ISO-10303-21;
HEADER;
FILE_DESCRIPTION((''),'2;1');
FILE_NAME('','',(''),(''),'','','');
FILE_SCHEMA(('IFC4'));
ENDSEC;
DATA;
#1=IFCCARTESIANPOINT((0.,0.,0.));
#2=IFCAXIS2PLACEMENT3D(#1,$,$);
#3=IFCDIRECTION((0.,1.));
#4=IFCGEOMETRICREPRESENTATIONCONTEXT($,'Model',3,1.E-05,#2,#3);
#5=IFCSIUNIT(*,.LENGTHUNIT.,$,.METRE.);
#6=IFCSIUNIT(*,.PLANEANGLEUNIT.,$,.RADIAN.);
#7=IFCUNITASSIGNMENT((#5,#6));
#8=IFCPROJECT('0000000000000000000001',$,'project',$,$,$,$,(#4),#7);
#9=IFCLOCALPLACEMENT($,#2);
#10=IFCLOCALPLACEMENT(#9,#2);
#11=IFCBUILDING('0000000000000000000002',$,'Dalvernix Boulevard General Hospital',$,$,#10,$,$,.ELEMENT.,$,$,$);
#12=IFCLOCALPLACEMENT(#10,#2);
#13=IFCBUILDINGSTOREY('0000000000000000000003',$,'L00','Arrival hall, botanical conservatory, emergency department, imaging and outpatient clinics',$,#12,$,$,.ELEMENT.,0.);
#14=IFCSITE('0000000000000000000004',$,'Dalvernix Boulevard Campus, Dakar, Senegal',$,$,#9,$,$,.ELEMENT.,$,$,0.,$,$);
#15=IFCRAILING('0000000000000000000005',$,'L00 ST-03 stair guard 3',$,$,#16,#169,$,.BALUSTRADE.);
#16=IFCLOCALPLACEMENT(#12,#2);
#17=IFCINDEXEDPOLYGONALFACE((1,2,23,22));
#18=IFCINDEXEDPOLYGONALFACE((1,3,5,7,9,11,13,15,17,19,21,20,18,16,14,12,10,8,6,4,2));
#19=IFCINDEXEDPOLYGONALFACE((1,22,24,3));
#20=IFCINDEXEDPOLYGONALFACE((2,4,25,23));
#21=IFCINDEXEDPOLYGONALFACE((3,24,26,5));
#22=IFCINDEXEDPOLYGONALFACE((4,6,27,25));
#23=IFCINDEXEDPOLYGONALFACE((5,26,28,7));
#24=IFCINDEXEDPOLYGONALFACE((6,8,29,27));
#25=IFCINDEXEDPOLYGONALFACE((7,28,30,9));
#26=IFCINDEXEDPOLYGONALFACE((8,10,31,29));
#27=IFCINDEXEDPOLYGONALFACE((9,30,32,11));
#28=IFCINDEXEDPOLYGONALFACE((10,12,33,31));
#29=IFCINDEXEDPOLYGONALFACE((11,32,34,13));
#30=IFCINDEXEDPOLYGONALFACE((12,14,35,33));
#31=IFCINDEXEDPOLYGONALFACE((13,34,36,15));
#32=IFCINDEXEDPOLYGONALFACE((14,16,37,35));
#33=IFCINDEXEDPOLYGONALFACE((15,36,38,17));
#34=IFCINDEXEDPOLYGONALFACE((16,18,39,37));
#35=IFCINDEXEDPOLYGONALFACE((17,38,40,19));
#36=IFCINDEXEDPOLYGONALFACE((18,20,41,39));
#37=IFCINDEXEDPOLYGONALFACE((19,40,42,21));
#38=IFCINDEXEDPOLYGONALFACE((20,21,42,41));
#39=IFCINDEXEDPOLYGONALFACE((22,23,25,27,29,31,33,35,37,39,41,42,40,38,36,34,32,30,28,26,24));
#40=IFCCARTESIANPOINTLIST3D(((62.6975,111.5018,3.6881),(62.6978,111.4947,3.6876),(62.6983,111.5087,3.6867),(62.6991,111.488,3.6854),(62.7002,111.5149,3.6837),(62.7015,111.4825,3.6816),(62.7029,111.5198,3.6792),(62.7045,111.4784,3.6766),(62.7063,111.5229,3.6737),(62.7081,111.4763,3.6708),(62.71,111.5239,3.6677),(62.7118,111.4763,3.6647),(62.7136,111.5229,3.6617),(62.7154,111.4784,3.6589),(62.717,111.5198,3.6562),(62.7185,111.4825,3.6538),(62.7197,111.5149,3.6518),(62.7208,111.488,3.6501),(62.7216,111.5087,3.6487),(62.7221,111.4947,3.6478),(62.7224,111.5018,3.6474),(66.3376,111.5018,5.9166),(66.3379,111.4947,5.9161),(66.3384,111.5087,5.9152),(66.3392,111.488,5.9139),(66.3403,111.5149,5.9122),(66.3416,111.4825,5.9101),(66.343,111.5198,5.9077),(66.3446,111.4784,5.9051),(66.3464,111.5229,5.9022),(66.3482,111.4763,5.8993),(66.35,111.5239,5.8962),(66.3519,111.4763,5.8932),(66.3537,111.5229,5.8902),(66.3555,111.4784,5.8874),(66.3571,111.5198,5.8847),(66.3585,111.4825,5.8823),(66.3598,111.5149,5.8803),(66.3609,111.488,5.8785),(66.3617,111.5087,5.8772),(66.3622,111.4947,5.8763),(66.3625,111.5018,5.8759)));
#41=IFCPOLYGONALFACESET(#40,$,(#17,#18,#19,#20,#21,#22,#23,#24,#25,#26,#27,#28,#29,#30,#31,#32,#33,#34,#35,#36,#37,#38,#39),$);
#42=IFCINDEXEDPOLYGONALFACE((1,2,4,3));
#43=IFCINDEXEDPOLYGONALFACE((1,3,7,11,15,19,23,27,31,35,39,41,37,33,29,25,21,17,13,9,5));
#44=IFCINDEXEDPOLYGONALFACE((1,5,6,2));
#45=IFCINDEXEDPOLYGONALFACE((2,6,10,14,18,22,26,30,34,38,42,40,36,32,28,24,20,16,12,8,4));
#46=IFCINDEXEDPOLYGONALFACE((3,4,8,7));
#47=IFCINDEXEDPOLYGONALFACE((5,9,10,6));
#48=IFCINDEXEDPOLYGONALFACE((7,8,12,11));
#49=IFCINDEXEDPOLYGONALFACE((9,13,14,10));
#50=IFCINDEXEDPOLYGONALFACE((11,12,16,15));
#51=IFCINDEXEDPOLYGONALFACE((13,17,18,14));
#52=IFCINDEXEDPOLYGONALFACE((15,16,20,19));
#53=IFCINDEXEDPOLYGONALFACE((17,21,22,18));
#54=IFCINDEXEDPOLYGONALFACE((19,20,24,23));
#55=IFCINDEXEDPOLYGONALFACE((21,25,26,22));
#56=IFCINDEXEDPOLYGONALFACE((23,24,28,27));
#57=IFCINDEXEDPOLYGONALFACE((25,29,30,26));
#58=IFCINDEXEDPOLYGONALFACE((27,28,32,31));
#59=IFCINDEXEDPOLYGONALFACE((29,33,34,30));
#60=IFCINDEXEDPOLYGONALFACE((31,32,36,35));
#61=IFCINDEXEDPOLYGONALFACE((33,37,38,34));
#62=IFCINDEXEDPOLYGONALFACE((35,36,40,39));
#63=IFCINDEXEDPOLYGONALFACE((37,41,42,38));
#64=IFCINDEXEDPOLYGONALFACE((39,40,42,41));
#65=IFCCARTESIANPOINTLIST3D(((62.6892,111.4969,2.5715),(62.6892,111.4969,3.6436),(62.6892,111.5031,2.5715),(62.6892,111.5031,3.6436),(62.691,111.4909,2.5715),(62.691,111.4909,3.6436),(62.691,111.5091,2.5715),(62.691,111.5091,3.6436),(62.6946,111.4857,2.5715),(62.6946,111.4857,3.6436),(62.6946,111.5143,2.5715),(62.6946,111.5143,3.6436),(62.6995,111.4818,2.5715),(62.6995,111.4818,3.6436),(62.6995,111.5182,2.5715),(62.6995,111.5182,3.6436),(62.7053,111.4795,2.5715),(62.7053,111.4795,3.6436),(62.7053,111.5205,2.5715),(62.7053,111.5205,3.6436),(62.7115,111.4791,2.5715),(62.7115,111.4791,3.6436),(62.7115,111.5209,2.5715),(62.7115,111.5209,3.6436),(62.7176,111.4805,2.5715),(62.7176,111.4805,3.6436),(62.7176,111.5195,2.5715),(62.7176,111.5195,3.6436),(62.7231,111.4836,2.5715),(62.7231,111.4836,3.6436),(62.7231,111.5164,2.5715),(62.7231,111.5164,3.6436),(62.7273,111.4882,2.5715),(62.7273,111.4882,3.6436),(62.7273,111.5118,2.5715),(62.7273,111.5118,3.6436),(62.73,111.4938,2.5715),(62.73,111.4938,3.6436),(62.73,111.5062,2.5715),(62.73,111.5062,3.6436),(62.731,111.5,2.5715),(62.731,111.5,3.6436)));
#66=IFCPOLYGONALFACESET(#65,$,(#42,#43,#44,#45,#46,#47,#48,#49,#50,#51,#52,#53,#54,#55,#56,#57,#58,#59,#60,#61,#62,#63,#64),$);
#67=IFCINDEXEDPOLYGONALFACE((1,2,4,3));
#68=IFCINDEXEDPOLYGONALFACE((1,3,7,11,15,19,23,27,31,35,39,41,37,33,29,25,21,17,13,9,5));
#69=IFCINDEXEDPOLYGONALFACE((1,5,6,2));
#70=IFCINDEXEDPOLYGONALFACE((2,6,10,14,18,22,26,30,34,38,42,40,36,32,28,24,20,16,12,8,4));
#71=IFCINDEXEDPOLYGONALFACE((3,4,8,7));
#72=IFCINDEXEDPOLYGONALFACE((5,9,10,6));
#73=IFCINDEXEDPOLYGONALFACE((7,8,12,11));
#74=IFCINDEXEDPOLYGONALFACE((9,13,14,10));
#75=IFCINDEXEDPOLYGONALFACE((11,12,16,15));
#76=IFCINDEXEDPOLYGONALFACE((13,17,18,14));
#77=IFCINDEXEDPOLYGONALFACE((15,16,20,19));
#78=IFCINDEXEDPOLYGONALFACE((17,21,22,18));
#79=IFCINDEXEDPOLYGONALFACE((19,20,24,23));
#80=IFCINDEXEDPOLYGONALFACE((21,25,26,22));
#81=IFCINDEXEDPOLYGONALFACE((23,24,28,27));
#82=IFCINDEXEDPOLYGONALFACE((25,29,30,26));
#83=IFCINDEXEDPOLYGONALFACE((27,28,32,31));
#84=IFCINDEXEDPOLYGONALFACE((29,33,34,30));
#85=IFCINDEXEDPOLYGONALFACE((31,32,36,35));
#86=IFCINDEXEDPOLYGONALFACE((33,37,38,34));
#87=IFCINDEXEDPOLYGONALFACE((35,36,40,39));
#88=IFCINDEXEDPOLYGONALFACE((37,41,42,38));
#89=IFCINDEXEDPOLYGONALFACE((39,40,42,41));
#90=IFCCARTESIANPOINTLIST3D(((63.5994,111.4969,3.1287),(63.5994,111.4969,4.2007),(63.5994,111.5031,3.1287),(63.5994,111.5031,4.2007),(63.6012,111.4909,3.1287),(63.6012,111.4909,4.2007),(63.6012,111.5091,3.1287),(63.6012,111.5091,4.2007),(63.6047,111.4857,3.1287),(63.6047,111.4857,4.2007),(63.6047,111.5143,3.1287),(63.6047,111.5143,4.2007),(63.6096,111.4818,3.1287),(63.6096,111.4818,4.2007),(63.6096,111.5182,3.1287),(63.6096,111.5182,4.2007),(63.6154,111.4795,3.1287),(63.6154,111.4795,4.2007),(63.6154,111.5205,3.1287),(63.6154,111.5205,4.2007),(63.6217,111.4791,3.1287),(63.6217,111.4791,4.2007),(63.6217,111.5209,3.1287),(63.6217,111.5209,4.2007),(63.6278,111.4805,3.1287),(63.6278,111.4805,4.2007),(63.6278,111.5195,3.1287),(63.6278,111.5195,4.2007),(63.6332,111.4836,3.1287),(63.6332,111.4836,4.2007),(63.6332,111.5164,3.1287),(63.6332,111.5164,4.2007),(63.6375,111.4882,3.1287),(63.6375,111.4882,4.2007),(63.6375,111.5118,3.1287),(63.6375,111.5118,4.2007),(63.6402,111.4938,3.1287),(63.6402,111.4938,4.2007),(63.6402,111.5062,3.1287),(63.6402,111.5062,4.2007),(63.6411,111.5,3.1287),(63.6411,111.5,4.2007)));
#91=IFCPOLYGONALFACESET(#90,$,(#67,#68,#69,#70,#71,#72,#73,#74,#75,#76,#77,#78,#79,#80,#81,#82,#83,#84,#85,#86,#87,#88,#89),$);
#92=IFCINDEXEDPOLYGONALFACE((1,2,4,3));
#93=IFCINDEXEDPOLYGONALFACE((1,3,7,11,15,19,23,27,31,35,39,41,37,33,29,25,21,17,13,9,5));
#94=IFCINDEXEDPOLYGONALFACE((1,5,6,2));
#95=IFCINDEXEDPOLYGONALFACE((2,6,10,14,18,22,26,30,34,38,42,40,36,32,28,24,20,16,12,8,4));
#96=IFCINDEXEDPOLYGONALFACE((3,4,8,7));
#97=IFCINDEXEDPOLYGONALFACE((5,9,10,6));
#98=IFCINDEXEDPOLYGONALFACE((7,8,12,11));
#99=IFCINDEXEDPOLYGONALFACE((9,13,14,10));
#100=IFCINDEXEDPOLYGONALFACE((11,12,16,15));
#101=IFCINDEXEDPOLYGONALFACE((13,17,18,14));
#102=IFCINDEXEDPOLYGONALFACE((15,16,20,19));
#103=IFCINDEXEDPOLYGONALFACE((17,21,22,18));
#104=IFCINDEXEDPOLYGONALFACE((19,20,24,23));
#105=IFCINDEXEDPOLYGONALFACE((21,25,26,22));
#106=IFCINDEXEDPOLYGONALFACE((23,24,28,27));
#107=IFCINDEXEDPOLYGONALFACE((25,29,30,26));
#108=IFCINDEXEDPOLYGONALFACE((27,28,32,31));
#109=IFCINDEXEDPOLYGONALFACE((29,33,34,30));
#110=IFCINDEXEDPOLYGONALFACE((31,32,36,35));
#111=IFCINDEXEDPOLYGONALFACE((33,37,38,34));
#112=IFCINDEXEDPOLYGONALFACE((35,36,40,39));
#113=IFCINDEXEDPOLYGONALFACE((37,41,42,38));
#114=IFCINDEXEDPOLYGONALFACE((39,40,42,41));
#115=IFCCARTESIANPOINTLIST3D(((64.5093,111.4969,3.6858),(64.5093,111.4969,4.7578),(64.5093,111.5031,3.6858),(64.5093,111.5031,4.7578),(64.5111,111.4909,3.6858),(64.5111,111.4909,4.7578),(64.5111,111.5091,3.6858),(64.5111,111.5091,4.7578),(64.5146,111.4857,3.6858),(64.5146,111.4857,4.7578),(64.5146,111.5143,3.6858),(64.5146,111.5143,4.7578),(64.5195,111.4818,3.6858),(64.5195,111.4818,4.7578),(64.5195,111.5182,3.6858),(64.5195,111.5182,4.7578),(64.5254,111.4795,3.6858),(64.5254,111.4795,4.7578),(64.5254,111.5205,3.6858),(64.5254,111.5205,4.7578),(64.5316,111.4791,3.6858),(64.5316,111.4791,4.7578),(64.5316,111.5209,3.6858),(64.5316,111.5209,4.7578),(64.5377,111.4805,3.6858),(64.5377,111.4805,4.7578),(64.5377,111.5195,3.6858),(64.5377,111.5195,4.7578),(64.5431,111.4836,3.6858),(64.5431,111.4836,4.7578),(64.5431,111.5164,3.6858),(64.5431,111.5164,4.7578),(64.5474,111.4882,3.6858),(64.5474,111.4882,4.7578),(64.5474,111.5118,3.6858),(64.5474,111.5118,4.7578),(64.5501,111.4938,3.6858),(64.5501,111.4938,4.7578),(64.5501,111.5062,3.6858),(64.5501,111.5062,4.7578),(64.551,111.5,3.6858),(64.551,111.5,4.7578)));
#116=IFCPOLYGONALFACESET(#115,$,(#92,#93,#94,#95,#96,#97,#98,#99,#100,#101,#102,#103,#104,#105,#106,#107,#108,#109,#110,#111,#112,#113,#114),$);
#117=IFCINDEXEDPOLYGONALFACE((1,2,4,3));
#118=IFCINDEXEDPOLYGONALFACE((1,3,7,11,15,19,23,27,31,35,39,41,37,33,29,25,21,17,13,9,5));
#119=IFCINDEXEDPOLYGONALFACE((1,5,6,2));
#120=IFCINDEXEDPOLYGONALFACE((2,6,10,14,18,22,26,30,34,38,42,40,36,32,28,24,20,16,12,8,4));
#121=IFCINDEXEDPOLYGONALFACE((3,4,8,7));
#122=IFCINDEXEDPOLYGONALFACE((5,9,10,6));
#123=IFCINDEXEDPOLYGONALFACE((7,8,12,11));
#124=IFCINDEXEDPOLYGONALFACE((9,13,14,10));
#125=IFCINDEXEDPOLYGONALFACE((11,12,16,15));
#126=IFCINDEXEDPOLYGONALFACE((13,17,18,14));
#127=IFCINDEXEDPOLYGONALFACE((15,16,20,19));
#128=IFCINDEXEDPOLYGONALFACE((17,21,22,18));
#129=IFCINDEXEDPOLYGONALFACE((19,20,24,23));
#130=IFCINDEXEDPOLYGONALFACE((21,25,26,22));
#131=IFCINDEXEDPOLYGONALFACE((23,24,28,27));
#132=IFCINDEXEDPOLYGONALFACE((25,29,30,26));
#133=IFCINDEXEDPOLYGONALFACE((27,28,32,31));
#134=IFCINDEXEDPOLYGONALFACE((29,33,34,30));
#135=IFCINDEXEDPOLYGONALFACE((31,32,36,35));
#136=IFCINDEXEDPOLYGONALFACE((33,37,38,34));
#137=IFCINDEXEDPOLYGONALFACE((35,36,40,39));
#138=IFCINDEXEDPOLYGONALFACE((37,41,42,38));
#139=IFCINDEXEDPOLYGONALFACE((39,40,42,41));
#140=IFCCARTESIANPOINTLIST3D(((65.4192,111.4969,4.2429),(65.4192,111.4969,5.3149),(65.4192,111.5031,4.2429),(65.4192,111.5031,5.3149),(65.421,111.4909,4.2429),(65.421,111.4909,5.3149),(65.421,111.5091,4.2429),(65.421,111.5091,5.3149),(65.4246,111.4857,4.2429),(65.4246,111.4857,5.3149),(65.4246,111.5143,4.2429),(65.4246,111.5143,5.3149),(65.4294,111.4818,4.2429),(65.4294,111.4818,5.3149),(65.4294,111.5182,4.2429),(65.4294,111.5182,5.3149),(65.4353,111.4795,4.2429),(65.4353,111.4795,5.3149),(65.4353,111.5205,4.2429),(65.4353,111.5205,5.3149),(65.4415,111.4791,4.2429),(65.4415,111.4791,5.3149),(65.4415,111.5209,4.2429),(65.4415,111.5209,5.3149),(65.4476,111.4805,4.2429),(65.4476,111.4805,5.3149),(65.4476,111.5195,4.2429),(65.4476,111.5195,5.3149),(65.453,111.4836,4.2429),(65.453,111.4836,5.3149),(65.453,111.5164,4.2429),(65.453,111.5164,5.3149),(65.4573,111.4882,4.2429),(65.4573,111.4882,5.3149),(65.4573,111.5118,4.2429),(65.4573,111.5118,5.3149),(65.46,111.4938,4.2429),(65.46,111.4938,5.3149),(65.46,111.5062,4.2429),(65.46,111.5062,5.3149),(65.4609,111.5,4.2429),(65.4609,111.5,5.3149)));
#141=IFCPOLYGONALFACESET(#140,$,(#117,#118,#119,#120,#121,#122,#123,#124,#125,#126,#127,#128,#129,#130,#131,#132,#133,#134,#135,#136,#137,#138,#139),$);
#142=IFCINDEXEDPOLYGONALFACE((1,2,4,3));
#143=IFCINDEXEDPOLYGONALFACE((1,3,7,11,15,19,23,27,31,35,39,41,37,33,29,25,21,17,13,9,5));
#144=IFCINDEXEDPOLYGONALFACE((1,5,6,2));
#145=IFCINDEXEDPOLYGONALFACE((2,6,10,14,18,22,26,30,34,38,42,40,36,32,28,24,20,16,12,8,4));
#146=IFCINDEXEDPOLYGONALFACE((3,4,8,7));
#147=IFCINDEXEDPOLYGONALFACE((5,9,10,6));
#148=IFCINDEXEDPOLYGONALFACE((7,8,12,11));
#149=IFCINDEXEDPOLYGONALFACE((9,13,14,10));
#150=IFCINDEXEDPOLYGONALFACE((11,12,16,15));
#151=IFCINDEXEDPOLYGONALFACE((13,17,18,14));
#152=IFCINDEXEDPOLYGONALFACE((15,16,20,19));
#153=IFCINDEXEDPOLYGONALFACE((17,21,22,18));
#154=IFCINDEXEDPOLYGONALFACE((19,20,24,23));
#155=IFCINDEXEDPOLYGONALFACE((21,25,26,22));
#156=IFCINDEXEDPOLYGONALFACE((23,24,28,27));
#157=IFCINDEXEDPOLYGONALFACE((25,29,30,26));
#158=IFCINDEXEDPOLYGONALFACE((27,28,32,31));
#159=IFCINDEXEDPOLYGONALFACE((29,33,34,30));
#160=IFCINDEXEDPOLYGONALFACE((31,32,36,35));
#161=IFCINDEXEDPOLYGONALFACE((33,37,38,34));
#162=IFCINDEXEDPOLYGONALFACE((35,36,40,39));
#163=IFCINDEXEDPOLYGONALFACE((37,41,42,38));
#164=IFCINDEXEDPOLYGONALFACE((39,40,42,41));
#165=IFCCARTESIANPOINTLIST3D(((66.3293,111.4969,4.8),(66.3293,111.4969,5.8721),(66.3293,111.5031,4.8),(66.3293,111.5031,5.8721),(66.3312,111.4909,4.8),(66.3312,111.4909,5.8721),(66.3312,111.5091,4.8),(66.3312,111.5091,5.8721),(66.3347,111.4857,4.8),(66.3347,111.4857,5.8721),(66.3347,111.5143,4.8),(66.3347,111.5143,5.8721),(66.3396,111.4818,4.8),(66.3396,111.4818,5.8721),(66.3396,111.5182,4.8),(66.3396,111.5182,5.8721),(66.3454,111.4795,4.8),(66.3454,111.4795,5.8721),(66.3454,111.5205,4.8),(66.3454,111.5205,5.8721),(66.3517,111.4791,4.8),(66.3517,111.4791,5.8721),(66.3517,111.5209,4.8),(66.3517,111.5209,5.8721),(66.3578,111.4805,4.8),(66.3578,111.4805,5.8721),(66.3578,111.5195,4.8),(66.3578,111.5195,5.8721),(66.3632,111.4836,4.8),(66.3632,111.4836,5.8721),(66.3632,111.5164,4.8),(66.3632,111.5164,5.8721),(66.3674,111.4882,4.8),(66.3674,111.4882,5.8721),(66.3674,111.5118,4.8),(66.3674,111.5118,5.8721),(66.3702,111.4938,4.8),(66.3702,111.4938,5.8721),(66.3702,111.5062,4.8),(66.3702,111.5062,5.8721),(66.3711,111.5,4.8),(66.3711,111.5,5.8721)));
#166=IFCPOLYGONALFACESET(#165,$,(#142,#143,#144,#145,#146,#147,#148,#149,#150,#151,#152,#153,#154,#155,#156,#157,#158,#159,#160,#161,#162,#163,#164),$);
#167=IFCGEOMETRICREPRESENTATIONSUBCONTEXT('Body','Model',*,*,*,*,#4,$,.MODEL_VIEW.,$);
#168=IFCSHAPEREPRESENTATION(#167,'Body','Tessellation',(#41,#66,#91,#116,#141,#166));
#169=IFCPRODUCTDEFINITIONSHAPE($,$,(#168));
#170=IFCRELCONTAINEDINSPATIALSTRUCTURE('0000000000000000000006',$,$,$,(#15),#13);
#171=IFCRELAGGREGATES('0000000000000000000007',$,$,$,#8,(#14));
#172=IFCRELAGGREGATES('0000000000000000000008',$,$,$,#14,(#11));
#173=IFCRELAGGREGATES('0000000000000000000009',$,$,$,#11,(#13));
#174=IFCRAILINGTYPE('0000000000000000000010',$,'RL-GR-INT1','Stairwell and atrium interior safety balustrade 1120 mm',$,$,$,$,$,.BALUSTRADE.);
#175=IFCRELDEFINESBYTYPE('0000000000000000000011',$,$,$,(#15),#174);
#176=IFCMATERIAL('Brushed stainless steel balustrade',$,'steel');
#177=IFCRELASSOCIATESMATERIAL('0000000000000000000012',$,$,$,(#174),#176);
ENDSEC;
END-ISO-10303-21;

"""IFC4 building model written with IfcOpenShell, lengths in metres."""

from ifc_helpers import new_model, si_unit, direction, frame, origin, origin_2d, place, context, subcontext, project, spatial, circle, extrude, material, type_object, element, save


model = new_model("IFC4")

# Units and contexts
model_context = context("Model", 3, precision=1e-05, world=origin(), true_north=direction((0.0, 1.0)))
body_context = subcontext(model_context, "Body", "Model", "MODEL_VIEW")
ifc_project = project(units=[si_unit("LENGTHUNIT", "METRE"), si_unit("PLANEANGLEUNIT", "RADIAN")], contexts=[model_context])

# Site, building, storey
site_placement = place(None, origin())
site = spatial("IfcSite", under=ifc_project, at=site_placement, Name="Dalvernix Boulevard Campus, Dakar, Senegal", CompositionType="ELEMENT", RefElevation=0.0)
building_placement = place(site_placement, origin())
building = spatial("IfcBuilding", under=site, at=building_placement, Name="Dalvernix Boulevard General Hospital", CompositionType="ELEMENT")
storey_placement = place(building_placement, origin())
storey = spatial("IfcBuildingStorey", under=building, at=storey_placement, Name="L00", Description="Arrival hall, botanical conservatory, emergency department, imaging and outpatient clinics", CompositionType="ELEMENT", Elevation=0.0)

# Railing
ifc_material_1 = material(Name="Brushed stainless steel balustrade", Category="steel")
railing_type_1 = type_object("IfcRailingType", Name="RL-GR-INT1", Description="Stairwell and atrium interior safety balustrade 1120 mm", PredefinedType="BALUSTRADE", material=ifc_material_1)
railing_1_placement = place(storey_placement, frame((62.71, 111.5, 2.5715)))
element("IfcRailing", 1, at=railing_1_placement, inside=storey, type_object=railing_type_1, Name="L00 ST-03 stair guard 3", PredefinedType="BALUSTRADE", context=body_context, shape_type="SweptSolid", body=[
    extrude(circle(Radius=0.0239, at=origin_2d()), frame((0.0, 0.0, 1.0962), z_axis=(0.852866, 0.0, 0.52213), x_axis=(0.0, 1.0, 0.0)), (0.0, 0.0, 1.0), 4.2681),
    extrude(circle(Radius=0.021, at=origin_2d()), origin(), (0.0, 0.0, 1.0), 1.072),
    extrude(circle(Radius=0.021, at=origin_2d()), frame((0.9102, 0.0, 0.5571)), (0.0, 0.0, 1.0), 1.072),
    extrude(circle(Radius=0.021, at=origin_2d()), frame((1.8201, 0.0, 1.1143)), (0.0, 0.0, 1.0), 1.072),
    extrude(circle(Radius=0.021, at=origin_2d()), frame((2.73, 0.0, 1.6714)), (0.0, 0.0, 1.0), 1.072),
    extrude(circle(Radius=0.021, at=origin_2d()), frame((3.6401, 0.0, 2.2285)), (0.0, 0.0, 1.0), 1.072),
])

save(model, "model.ifc")
